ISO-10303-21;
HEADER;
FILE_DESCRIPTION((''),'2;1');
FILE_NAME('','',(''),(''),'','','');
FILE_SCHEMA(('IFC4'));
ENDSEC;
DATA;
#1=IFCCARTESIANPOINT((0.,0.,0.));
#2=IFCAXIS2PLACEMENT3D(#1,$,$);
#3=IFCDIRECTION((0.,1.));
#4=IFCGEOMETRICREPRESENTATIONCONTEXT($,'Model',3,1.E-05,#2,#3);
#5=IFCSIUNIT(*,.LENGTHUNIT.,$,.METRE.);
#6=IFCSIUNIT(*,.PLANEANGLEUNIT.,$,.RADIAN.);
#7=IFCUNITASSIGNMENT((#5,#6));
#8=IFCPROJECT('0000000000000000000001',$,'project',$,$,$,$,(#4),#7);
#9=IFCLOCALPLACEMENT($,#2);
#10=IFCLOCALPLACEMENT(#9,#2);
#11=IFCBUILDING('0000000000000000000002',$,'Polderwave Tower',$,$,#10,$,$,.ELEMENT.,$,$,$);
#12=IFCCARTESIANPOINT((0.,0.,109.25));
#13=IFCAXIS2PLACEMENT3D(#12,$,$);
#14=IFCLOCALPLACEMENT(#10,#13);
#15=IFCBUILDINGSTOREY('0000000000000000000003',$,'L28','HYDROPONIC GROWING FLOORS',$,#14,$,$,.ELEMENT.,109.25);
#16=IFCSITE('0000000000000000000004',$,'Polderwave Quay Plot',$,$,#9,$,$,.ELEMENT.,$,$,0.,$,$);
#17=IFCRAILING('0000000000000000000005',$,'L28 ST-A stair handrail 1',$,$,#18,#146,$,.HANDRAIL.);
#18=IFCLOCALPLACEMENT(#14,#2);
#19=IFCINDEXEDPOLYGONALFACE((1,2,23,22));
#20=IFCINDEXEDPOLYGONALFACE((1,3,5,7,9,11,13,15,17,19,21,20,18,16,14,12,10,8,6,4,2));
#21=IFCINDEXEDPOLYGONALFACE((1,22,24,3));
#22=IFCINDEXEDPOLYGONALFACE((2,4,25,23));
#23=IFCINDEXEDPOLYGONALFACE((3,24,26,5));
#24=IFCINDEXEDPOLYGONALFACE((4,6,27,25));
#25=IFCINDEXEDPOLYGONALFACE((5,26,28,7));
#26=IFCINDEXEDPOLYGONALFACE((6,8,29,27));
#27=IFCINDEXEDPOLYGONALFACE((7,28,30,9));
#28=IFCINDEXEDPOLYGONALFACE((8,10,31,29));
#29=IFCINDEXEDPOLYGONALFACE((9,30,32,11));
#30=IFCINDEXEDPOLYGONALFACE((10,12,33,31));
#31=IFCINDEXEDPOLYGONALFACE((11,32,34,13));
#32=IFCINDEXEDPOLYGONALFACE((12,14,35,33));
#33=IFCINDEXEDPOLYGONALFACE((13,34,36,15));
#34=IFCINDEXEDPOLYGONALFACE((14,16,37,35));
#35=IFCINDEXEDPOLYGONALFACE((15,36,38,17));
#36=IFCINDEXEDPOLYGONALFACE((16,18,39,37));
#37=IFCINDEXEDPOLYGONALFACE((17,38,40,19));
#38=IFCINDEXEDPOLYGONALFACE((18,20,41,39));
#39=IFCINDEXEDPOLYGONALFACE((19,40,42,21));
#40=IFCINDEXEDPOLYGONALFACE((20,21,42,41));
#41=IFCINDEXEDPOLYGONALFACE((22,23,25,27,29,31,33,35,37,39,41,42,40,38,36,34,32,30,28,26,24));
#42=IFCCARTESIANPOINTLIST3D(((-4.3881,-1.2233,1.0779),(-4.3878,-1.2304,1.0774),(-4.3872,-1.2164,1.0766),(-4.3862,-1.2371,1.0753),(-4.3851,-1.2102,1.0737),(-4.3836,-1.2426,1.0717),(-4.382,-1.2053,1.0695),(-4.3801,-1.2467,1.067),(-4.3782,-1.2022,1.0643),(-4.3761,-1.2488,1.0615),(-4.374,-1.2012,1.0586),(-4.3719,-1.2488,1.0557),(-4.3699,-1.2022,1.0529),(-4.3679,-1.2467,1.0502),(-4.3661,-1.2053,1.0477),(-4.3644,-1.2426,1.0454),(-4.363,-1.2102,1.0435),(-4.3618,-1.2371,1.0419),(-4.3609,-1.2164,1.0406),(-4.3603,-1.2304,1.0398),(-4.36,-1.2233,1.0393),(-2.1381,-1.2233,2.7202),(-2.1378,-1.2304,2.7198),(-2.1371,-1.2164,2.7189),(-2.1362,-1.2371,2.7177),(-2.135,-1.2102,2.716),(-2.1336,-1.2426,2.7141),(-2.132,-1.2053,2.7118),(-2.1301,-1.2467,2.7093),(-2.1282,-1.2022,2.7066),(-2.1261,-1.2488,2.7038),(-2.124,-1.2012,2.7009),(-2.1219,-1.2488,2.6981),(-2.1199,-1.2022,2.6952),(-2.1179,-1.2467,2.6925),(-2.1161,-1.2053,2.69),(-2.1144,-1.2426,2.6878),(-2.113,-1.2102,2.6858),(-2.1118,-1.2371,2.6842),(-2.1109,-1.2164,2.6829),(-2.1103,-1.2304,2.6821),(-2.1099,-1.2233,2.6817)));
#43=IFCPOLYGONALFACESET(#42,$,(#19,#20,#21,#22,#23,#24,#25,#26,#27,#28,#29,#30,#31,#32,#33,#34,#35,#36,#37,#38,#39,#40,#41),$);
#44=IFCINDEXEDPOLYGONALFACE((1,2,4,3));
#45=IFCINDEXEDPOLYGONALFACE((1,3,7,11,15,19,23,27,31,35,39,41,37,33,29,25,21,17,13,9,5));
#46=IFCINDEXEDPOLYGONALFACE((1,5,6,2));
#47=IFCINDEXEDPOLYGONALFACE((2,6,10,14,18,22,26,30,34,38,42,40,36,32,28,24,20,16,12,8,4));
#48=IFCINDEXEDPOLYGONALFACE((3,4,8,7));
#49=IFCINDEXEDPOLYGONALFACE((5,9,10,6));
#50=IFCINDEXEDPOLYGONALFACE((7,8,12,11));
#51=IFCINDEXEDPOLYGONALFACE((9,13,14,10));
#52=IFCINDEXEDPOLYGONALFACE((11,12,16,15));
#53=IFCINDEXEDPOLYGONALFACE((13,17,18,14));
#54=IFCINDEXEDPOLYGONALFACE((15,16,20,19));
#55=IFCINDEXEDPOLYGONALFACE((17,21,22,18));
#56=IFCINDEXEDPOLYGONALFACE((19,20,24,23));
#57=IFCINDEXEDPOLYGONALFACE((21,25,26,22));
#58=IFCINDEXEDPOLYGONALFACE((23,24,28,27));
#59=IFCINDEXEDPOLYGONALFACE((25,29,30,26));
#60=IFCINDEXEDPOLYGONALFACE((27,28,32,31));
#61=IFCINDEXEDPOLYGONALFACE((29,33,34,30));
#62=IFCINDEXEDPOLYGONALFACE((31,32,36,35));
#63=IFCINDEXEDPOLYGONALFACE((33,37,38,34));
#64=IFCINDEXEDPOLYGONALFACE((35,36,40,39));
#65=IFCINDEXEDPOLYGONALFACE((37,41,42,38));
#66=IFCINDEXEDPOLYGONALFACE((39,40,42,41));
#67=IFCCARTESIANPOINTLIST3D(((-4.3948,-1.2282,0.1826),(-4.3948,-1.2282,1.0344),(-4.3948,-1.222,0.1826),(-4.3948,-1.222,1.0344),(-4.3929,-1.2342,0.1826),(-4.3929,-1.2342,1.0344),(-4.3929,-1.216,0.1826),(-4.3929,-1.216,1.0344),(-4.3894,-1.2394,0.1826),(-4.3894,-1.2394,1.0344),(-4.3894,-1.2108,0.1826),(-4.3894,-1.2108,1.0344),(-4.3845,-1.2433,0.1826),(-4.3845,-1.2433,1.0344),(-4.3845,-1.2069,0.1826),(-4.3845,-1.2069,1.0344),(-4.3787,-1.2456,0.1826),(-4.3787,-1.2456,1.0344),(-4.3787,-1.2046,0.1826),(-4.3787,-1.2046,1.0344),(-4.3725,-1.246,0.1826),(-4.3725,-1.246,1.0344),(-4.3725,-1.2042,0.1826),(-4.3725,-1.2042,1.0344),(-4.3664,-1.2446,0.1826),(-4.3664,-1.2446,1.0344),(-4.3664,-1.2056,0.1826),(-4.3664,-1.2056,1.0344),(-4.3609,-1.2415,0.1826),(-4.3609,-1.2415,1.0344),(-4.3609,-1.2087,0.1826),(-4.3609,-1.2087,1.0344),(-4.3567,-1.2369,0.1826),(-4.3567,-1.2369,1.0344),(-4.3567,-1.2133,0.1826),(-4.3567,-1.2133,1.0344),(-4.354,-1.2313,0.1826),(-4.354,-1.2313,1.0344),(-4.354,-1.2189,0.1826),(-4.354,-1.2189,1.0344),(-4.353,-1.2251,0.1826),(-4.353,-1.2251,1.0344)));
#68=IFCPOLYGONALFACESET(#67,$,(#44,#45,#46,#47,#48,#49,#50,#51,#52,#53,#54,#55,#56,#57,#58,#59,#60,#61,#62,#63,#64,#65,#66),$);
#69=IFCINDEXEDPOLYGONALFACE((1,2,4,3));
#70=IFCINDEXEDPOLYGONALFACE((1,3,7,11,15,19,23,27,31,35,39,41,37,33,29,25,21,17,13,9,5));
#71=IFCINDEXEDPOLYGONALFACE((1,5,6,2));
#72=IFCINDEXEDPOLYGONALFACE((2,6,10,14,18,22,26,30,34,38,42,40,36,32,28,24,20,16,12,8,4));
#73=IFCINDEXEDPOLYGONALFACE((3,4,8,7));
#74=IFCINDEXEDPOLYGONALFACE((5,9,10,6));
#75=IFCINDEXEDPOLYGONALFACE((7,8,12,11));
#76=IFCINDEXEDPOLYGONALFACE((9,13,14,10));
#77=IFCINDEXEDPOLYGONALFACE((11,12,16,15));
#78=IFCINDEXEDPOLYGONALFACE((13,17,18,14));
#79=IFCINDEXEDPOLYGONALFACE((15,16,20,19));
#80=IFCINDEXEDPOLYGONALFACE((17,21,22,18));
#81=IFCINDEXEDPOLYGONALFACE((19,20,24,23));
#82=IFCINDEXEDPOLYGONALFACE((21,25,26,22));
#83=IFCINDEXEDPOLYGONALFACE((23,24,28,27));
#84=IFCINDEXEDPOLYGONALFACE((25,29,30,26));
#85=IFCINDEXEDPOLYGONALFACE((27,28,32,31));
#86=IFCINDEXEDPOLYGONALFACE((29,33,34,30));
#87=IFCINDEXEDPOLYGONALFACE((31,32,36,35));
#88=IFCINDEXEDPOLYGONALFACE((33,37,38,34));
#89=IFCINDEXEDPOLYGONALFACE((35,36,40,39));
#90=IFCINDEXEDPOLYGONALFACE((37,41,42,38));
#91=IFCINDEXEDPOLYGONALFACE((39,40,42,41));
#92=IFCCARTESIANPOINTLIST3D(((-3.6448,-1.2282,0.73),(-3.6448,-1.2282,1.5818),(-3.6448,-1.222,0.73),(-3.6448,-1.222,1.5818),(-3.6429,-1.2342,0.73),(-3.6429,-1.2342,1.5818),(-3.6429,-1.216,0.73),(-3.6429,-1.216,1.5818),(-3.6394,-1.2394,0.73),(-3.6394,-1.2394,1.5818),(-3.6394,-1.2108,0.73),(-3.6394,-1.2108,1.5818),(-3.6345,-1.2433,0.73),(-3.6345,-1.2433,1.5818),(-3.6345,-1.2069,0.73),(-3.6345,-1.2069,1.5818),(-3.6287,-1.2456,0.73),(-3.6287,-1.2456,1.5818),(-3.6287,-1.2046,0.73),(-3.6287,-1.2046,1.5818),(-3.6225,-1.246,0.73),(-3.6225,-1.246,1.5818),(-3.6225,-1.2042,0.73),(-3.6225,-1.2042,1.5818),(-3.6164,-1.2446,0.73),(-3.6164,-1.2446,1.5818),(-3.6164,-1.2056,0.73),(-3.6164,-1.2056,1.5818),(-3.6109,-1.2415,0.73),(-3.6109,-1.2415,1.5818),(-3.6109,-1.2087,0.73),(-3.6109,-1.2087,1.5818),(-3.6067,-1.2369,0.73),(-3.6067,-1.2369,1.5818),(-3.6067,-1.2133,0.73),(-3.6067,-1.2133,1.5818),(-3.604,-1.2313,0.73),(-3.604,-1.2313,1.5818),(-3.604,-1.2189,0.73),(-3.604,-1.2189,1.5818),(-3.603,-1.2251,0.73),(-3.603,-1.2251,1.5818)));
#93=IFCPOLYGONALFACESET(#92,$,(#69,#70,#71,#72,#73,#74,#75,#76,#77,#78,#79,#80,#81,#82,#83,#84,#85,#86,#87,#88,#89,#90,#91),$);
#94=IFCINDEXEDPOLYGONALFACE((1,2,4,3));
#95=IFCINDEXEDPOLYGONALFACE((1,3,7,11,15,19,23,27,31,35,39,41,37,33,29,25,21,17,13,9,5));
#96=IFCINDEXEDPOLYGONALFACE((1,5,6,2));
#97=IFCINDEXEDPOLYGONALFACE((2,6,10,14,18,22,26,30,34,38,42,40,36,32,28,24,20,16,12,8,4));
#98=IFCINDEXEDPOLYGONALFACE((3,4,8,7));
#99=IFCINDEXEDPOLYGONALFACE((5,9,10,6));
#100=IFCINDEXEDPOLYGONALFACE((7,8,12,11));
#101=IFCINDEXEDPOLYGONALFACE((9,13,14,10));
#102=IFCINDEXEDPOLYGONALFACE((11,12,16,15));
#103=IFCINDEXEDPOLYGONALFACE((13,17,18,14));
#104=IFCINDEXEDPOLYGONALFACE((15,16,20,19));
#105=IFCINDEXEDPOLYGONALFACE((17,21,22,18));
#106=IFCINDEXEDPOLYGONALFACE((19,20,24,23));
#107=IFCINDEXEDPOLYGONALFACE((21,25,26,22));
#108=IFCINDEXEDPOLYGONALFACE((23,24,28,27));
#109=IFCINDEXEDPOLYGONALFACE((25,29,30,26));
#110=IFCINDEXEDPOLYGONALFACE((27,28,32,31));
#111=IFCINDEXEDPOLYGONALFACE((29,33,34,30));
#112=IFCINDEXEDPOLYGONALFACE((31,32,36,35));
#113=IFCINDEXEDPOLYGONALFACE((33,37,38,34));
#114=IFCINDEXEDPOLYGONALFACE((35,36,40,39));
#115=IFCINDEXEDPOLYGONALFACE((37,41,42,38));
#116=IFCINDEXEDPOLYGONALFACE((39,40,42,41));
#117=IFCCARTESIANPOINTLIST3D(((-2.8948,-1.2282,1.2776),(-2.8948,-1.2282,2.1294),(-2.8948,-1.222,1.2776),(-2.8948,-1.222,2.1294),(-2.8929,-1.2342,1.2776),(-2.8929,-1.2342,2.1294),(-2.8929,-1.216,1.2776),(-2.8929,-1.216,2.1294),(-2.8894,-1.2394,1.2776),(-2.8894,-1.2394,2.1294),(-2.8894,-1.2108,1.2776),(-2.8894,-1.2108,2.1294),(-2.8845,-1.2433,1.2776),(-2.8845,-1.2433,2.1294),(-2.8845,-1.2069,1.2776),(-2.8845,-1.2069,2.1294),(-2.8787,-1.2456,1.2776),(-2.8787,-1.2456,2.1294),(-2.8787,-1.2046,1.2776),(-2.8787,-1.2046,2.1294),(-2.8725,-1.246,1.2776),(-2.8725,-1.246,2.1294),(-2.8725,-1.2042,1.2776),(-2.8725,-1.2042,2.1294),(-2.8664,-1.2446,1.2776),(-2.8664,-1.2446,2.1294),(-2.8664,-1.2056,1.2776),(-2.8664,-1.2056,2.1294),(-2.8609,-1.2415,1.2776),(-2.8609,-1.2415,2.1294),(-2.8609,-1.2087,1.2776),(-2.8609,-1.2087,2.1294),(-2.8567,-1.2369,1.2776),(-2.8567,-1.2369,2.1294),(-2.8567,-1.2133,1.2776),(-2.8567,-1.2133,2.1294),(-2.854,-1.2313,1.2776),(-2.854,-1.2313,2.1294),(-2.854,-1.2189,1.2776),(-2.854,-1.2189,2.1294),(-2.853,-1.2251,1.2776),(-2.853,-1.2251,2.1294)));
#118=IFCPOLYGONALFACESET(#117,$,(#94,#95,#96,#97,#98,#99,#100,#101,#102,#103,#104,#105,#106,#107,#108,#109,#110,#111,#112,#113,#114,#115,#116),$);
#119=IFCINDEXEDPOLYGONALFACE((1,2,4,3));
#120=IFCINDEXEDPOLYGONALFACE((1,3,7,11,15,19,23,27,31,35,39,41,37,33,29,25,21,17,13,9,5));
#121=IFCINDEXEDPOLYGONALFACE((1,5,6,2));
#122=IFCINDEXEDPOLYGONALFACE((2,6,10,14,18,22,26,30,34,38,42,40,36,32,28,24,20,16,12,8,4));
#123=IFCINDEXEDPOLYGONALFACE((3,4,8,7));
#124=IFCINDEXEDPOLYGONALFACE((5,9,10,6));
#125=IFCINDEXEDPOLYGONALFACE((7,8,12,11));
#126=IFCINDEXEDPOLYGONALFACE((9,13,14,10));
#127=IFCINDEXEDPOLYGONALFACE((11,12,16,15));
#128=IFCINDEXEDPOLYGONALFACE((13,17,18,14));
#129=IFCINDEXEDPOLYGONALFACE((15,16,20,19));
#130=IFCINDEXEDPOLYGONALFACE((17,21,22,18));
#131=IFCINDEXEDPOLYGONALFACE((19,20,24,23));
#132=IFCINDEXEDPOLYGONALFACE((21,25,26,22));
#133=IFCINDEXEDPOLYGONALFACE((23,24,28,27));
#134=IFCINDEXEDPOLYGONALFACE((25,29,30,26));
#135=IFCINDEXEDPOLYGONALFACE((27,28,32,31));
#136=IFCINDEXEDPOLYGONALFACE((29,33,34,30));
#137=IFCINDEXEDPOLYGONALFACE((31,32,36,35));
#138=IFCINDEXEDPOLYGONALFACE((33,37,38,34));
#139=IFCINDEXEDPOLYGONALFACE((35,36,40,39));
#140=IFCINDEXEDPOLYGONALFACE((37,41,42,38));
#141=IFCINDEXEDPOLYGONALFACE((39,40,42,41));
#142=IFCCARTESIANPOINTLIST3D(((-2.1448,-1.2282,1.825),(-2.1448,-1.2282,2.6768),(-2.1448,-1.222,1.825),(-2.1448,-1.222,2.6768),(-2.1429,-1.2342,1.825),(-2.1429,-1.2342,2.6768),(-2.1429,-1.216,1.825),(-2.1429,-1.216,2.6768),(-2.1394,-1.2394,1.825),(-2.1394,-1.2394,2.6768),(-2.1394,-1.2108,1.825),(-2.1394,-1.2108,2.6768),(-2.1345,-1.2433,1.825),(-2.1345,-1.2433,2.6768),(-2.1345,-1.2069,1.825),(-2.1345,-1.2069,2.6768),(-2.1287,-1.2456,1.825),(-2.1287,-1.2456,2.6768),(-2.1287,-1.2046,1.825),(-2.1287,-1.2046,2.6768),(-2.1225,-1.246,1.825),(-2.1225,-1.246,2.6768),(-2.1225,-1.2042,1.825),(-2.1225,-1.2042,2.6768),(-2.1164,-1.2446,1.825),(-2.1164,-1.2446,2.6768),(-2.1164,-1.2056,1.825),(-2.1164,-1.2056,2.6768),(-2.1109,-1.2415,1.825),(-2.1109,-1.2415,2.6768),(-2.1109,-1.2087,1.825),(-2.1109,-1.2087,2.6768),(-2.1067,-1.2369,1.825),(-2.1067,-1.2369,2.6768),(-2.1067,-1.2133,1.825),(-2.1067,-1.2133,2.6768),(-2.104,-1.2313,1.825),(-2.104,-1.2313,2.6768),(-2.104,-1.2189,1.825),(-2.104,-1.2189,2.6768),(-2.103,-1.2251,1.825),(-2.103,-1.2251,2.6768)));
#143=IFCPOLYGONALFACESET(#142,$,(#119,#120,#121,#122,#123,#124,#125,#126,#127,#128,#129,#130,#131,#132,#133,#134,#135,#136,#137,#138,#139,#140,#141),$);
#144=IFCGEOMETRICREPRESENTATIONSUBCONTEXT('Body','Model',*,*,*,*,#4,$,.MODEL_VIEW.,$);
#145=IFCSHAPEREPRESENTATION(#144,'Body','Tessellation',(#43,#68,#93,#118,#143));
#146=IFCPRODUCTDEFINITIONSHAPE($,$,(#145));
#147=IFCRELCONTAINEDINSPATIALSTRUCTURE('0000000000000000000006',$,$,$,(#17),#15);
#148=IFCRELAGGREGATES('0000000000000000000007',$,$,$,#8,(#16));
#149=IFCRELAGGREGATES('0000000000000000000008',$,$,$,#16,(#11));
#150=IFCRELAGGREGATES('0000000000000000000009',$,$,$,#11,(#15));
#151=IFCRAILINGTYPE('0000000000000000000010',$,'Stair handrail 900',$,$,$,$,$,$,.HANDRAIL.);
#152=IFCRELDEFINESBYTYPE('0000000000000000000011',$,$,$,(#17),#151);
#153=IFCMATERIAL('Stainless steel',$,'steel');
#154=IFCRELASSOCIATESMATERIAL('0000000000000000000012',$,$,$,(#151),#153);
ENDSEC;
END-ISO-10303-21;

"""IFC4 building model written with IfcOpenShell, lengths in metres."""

from ifc_helpers import new_model, si_unit, direction, frame, origin, origin_2d, place, context, subcontext, project, spatial, circle, extrude, material, type_object, element, save


model = new_model("IFC4")

# Units and contexts
model_context = context("Model", 3, precision=1e-05, world=origin(), true_north=direction((0.0, 1.0)))
body_context = subcontext(model_context, "Body", "Model", "MODEL_VIEW")
ifc_project = project(units=[si_unit("LENGTHUNIT", "METRE"), si_unit("PLANEANGLEUNIT", "RADIAN")], contexts=[model_context])

# Site, building, storey
site_placement = place(None, origin())
site = spatial("IfcSite", under=ifc_project, at=site_placement, Name="Polderwave Quay Plot", CompositionType="ELEMENT", RefElevation=0.0)
building_placement = place(site_placement, origin())
building = spatial("IfcBuilding", under=site, at=building_placement, Name="Polderwave Tower", CompositionType="ELEMENT")
storey_placement = place(building_placement, frame((0.0, 0.0, 109.25)))
storey = spatial("IfcBuildingStorey", under=building, at=storey_placement, Name="L28", Description="HYDROPONIC GROWING FLOORS", CompositionType="ELEMENT", Elevation=109.25)

# Railing
ifc_material_1 = material(Name="Stainless steel", Category="steel")
railing_type_1 = type_object("IfcRailingType", Name="Stair handrail 900", PredefinedType="HANDRAIL", material=ifc_material_1)
railing_1_placement = place(storey_placement, frame((-4.374, -1.2251, 0.1826)))
element("IfcRailing", 1, at=railing_1_placement, inside=storey, type_object=railing_type_1, Name="L28 ST-A stair handrail 1", PredefinedType="HANDRAIL", context=body_context, shape_type="SweptSolid", body=[
    extrude(circle(Radius=0.0239, at=origin_2d()), frame((0.0, 0.0, 0.876), z_axis=(0.807715, 0.0, 0.589573), x_axis=(0.0, 1.0, 0.0)), (0.0, 0.0, 1.0), 2.7856),
    extrude(circle(Radius=0.021, at=origin_2d()), origin(), (0.0, 0.0, 1.0), 0.8518),
    extrude(circle(Radius=0.021, at=origin_2d()), frame((0.75, 0.0, 0.5474)), (0.0, 0.0, 1.0), 0.8518),
    extrude(circle(Radius=0.021, at=origin_2d()), frame((1.5, 0.0, 1.095)), (0.0, 0.0, 1.0), 0.8518),
    extrude(circle(Radius=0.021, at=origin_2d()), frame((2.25, 0.0, 1.6423)), (0.0, 0.0, 1.0), 0.8518),
])

save(model, "model.ifc")
